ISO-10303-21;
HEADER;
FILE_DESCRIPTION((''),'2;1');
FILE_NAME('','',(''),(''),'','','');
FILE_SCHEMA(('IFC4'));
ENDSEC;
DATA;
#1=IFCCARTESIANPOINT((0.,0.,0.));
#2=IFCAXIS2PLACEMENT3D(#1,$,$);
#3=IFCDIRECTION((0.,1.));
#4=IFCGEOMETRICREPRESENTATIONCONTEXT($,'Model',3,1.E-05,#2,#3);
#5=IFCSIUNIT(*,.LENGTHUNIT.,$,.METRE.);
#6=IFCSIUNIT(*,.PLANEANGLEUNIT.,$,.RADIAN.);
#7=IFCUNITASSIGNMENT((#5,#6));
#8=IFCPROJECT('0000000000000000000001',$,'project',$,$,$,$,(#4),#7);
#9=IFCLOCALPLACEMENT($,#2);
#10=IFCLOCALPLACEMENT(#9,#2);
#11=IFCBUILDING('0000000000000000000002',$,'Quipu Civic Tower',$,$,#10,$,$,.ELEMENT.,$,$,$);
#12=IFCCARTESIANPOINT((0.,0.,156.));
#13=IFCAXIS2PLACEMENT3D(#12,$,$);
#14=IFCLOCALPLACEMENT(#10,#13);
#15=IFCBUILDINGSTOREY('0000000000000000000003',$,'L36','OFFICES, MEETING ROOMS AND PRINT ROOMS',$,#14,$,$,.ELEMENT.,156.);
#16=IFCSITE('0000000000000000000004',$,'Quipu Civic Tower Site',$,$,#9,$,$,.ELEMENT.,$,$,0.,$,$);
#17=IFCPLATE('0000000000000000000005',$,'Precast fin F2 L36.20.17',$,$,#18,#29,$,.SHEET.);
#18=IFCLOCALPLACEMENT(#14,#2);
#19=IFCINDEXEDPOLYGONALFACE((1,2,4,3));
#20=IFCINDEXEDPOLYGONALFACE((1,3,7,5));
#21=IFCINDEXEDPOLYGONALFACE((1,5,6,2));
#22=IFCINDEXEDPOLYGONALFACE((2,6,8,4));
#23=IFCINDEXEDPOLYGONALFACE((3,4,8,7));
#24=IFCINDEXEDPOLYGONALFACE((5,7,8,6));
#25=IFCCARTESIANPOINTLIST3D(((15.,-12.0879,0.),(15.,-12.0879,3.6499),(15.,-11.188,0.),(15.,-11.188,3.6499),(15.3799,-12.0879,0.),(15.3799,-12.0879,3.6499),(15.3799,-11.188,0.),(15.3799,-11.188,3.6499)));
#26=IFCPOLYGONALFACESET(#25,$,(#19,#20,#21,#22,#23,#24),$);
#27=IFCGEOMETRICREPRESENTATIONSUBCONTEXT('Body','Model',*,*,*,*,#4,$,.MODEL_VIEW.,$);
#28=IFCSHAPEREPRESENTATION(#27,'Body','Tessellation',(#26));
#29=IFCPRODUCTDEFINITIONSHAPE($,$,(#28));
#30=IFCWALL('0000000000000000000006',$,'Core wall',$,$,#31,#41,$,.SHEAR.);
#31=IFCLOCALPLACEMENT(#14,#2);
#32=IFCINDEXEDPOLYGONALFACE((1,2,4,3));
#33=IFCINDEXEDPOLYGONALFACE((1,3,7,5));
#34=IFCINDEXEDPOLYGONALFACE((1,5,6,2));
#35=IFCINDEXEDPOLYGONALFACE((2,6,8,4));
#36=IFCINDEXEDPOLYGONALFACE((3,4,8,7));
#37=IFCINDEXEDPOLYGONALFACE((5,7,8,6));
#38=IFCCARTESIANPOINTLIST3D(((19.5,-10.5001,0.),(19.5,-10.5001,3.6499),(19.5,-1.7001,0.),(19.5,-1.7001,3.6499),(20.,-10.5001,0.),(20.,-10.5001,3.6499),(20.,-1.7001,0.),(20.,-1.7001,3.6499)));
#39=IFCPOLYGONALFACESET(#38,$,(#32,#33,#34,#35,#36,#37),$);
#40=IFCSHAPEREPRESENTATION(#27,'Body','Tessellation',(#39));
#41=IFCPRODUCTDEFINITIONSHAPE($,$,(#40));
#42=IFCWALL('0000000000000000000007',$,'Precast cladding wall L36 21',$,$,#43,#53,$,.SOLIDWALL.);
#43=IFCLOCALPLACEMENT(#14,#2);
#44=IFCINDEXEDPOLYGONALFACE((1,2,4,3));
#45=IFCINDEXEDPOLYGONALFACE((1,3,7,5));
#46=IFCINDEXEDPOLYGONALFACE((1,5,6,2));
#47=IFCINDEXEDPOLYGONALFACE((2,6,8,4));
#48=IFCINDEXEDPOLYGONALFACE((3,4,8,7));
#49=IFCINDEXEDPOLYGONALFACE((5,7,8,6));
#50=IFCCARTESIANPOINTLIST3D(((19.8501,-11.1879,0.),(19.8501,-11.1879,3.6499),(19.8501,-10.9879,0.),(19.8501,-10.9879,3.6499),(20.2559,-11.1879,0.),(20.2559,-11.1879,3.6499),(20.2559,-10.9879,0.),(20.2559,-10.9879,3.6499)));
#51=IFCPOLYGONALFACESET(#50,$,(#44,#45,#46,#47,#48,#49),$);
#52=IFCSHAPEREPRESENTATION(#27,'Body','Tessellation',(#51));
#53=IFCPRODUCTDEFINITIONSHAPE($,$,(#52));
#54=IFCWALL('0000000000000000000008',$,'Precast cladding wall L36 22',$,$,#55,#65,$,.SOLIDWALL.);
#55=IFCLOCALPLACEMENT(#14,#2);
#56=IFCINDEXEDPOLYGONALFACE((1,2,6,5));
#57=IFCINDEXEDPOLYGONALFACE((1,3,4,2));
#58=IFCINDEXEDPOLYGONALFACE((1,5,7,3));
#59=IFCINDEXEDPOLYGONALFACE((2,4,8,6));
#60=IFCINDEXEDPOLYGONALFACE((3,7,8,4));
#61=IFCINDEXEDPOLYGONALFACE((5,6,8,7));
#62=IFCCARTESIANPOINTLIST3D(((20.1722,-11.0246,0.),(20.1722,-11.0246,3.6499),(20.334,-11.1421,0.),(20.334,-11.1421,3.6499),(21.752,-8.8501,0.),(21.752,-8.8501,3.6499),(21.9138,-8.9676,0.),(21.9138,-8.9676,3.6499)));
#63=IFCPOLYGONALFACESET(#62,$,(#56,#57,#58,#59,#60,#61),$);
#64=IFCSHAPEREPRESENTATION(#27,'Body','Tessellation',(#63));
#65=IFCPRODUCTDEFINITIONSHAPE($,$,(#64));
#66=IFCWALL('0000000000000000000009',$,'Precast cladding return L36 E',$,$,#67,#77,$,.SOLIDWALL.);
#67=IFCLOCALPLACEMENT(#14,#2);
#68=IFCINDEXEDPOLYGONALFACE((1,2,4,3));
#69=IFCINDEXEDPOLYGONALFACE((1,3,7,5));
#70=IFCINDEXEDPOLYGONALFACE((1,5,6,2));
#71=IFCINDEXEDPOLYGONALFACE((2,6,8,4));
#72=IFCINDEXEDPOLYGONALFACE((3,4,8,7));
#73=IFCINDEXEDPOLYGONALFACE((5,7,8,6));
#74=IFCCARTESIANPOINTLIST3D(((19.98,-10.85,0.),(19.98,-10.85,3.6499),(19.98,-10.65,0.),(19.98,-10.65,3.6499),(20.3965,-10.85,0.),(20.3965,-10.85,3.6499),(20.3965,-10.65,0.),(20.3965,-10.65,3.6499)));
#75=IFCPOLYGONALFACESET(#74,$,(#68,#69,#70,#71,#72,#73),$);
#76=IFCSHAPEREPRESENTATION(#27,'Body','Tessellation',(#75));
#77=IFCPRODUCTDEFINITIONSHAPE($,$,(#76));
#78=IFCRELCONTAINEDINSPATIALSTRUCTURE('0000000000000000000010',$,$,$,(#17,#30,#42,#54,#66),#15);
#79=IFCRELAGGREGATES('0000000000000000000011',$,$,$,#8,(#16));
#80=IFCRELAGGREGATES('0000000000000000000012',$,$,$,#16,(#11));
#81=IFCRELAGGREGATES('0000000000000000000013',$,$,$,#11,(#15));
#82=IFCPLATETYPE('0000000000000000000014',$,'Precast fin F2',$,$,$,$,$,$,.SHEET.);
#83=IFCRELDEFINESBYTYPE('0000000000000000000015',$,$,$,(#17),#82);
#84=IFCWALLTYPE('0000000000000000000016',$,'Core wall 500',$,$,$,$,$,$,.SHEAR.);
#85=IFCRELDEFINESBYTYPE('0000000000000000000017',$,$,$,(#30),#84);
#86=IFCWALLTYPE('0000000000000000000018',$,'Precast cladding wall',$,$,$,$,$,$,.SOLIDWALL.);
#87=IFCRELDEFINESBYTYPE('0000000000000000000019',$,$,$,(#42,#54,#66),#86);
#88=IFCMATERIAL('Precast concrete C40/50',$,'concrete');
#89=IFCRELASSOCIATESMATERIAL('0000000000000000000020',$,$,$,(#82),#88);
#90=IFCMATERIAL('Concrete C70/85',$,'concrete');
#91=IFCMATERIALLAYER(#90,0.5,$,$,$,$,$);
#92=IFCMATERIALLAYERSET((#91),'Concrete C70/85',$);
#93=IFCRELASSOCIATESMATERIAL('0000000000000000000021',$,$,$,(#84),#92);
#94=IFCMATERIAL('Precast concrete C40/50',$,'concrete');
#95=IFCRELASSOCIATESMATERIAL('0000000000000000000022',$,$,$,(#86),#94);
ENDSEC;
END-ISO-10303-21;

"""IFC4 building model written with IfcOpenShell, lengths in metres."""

from ifc_helpers import new_model, si_unit, direction, frame, frame_2d, origin, origin_2d, place, context, subcontext, project, spatial, rectangle, extrude, material, layer, layer_set, type_object, element, save


model = new_model("IFC4")

# Units and contexts
model_context = context("Model", 3, precision=1e-05, world=origin(), true_north=direction((0.0, 1.0)))
body_context = subcontext(model_context, "Body", "Model", "MODEL_VIEW")
ifc_project = project(units=[si_unit("LENGTHUNIT", "METRE"), si_unit("PLANEANGLEUNIT", "RADIAN")], contexts=[model_context])

# Site, building, storey
site_placement = place(None, origin())
site = spatial("IfcSite", under=ifc_project, at=site_placement, Name="Quipu Civic Tower Site", CompositionType="ELEMENT", RefElevation=0.0)
building_placement = place(site_placement, origin())
building = spatial("IfcBuilding", under=site, at=building_placement, Name="Quipu Civic Tower", CompositionType="ELEMENT")
storey_placement = place(building_placement, frame((0.0, 0.0, 156.0)))
storey = spatial("IfcBuildingStorey", under=building, at=storey_placement, Name="L36", Description="OFFICES, MEETING ROOMS AND PRINT ROOMS", CompositionType="ELEMENT", Elevation=156.0)

# Plate
ifc_material_1 = material(Name="Precast concrete C40/50", Category="concrete")
plate_type = type_object("IfcPlateType", Name="Precast fin F2", PredefinedType="SHEET", material=ifc_material_1)
plate_placement = place(storey_placement, frame((15.1899, -11.6379, 0.0), z_axis=(0.0, 0.0, 1.0), x_axis=(1.0, 0.0, 0.0)))
element("IfcPlate", 1, at=plate_placement, inside=storey, type_object=plate_type, Name="Precast fin F2 L36.20.17", PredefinedType="SHEET", context=body_context, shape_type="SweptSolid", body=[
    extrude(rectangle(XDim=0.3799, YDim=0.8999, at=origin_2d()), origin(), (0.0, 0.0, 1.0), 3.6499),
])

# Walls
ifc_material_2 = material(Name="Concrete C70/85", Category="concrete")
ifc_layer = layer(ifc_material_2, 0.5)
ifc_layer_set = layer_set([ifc_layer], Name="Concrete C70/85")
wall_type_1 = type_object("IfcWallType", Name="Core wall 500", PredefinedType="SHEAR", material=ifc_layer_set)
wall_1_placement = place(storey_placement, frame((19.75, -10.5, 0.0), z_axis=(0.0, 0.0, 1.0), x_axis=(0.0, 1.0, 0.0)))
element("IfcWall", 2, at=wall_1_placement, inside=storey, type_object=wall_type_1, Name="Core wall", PredefinedType="SHEAR", context=body_context, shape_type="SweptSolid", body=[
    extrude(rectangle(XDim=8.8, YDim=0.5, at=frame_2d((4.3999, 0.0))), origin(), (0.0, 0.0, 1.0), 3.6499),
])
ifc_material_3 = material(Name="Precast concrete C40/50", Category="concrete")
wall_type_2 = type_object("IfcWallType", Name="Precast cladding wall", PredefinedType="SOLIDWALL", material=ifc_material_3)
wall_2_placement = place(storey_placement, frame((19.8501, -11.0879, 0.0), z_axis=(0.0, 0.0, 1.0), x_axis=(1.0, 0.0, 0.0)))
element("IfcWall", 3, at=wall_2_placement, inside=storey, type_object=wall_type_2, Name="Precast cladding wall L36 21", PredefinedType="SOLIDWALL", context=body_context, shape_type="SweptSolid", body=[
    extrude(rectangle(XDim=0.4058, YDim=0.2, at=frame_2d((0.2029, 0.0))), origin(), (0.0, 0.0, 1.0), 3.6499),
])
wall_3_placement = place(storey_placement, frame((20.2532, -11.0833, 0.0), z_axis=(0.0, 0.0, 1.0), x_axis=(0.587767, 0.809031, 0.0)))
element("IfcWall", 4, at=wall_3_placement, inside=storey, type_object=wall_type_2, Name="Precast cladding wall L36 22", PredefinedType="SOLIDWALL", context=body_context, shape_type="SweptSolid", body=[
    extrude(rectangle(XDim=2.6877, YDim=0.2, at=frame_2d((1.3438, 0.0))), origin(), (0.0, 0.0, 1.0), 3.6499),
])
wall_4_placement = place(storey_placement, frame((19.98, -10.75, 0.0), z_axis=(0.0, 0.0, 1.0), x_axis=(1.0, 0.0, 0.0)))
element("IfcWall", 5, at=wall_4_placement, inside=storey, type_object=wall_type_2, Name="Precast cladding return L36 E", PredefinedType="SOLIDWALL", context=body_context, shape_type="SweptSolid", body=[
    extrude(rectangle(XDim=0.4165, YDim=0.2, at=frame_2d((0.2083, 0.0))), origin(), (0.0, 0.0, 1.0), 3.6499),
])

save(model, "model.ifc")
